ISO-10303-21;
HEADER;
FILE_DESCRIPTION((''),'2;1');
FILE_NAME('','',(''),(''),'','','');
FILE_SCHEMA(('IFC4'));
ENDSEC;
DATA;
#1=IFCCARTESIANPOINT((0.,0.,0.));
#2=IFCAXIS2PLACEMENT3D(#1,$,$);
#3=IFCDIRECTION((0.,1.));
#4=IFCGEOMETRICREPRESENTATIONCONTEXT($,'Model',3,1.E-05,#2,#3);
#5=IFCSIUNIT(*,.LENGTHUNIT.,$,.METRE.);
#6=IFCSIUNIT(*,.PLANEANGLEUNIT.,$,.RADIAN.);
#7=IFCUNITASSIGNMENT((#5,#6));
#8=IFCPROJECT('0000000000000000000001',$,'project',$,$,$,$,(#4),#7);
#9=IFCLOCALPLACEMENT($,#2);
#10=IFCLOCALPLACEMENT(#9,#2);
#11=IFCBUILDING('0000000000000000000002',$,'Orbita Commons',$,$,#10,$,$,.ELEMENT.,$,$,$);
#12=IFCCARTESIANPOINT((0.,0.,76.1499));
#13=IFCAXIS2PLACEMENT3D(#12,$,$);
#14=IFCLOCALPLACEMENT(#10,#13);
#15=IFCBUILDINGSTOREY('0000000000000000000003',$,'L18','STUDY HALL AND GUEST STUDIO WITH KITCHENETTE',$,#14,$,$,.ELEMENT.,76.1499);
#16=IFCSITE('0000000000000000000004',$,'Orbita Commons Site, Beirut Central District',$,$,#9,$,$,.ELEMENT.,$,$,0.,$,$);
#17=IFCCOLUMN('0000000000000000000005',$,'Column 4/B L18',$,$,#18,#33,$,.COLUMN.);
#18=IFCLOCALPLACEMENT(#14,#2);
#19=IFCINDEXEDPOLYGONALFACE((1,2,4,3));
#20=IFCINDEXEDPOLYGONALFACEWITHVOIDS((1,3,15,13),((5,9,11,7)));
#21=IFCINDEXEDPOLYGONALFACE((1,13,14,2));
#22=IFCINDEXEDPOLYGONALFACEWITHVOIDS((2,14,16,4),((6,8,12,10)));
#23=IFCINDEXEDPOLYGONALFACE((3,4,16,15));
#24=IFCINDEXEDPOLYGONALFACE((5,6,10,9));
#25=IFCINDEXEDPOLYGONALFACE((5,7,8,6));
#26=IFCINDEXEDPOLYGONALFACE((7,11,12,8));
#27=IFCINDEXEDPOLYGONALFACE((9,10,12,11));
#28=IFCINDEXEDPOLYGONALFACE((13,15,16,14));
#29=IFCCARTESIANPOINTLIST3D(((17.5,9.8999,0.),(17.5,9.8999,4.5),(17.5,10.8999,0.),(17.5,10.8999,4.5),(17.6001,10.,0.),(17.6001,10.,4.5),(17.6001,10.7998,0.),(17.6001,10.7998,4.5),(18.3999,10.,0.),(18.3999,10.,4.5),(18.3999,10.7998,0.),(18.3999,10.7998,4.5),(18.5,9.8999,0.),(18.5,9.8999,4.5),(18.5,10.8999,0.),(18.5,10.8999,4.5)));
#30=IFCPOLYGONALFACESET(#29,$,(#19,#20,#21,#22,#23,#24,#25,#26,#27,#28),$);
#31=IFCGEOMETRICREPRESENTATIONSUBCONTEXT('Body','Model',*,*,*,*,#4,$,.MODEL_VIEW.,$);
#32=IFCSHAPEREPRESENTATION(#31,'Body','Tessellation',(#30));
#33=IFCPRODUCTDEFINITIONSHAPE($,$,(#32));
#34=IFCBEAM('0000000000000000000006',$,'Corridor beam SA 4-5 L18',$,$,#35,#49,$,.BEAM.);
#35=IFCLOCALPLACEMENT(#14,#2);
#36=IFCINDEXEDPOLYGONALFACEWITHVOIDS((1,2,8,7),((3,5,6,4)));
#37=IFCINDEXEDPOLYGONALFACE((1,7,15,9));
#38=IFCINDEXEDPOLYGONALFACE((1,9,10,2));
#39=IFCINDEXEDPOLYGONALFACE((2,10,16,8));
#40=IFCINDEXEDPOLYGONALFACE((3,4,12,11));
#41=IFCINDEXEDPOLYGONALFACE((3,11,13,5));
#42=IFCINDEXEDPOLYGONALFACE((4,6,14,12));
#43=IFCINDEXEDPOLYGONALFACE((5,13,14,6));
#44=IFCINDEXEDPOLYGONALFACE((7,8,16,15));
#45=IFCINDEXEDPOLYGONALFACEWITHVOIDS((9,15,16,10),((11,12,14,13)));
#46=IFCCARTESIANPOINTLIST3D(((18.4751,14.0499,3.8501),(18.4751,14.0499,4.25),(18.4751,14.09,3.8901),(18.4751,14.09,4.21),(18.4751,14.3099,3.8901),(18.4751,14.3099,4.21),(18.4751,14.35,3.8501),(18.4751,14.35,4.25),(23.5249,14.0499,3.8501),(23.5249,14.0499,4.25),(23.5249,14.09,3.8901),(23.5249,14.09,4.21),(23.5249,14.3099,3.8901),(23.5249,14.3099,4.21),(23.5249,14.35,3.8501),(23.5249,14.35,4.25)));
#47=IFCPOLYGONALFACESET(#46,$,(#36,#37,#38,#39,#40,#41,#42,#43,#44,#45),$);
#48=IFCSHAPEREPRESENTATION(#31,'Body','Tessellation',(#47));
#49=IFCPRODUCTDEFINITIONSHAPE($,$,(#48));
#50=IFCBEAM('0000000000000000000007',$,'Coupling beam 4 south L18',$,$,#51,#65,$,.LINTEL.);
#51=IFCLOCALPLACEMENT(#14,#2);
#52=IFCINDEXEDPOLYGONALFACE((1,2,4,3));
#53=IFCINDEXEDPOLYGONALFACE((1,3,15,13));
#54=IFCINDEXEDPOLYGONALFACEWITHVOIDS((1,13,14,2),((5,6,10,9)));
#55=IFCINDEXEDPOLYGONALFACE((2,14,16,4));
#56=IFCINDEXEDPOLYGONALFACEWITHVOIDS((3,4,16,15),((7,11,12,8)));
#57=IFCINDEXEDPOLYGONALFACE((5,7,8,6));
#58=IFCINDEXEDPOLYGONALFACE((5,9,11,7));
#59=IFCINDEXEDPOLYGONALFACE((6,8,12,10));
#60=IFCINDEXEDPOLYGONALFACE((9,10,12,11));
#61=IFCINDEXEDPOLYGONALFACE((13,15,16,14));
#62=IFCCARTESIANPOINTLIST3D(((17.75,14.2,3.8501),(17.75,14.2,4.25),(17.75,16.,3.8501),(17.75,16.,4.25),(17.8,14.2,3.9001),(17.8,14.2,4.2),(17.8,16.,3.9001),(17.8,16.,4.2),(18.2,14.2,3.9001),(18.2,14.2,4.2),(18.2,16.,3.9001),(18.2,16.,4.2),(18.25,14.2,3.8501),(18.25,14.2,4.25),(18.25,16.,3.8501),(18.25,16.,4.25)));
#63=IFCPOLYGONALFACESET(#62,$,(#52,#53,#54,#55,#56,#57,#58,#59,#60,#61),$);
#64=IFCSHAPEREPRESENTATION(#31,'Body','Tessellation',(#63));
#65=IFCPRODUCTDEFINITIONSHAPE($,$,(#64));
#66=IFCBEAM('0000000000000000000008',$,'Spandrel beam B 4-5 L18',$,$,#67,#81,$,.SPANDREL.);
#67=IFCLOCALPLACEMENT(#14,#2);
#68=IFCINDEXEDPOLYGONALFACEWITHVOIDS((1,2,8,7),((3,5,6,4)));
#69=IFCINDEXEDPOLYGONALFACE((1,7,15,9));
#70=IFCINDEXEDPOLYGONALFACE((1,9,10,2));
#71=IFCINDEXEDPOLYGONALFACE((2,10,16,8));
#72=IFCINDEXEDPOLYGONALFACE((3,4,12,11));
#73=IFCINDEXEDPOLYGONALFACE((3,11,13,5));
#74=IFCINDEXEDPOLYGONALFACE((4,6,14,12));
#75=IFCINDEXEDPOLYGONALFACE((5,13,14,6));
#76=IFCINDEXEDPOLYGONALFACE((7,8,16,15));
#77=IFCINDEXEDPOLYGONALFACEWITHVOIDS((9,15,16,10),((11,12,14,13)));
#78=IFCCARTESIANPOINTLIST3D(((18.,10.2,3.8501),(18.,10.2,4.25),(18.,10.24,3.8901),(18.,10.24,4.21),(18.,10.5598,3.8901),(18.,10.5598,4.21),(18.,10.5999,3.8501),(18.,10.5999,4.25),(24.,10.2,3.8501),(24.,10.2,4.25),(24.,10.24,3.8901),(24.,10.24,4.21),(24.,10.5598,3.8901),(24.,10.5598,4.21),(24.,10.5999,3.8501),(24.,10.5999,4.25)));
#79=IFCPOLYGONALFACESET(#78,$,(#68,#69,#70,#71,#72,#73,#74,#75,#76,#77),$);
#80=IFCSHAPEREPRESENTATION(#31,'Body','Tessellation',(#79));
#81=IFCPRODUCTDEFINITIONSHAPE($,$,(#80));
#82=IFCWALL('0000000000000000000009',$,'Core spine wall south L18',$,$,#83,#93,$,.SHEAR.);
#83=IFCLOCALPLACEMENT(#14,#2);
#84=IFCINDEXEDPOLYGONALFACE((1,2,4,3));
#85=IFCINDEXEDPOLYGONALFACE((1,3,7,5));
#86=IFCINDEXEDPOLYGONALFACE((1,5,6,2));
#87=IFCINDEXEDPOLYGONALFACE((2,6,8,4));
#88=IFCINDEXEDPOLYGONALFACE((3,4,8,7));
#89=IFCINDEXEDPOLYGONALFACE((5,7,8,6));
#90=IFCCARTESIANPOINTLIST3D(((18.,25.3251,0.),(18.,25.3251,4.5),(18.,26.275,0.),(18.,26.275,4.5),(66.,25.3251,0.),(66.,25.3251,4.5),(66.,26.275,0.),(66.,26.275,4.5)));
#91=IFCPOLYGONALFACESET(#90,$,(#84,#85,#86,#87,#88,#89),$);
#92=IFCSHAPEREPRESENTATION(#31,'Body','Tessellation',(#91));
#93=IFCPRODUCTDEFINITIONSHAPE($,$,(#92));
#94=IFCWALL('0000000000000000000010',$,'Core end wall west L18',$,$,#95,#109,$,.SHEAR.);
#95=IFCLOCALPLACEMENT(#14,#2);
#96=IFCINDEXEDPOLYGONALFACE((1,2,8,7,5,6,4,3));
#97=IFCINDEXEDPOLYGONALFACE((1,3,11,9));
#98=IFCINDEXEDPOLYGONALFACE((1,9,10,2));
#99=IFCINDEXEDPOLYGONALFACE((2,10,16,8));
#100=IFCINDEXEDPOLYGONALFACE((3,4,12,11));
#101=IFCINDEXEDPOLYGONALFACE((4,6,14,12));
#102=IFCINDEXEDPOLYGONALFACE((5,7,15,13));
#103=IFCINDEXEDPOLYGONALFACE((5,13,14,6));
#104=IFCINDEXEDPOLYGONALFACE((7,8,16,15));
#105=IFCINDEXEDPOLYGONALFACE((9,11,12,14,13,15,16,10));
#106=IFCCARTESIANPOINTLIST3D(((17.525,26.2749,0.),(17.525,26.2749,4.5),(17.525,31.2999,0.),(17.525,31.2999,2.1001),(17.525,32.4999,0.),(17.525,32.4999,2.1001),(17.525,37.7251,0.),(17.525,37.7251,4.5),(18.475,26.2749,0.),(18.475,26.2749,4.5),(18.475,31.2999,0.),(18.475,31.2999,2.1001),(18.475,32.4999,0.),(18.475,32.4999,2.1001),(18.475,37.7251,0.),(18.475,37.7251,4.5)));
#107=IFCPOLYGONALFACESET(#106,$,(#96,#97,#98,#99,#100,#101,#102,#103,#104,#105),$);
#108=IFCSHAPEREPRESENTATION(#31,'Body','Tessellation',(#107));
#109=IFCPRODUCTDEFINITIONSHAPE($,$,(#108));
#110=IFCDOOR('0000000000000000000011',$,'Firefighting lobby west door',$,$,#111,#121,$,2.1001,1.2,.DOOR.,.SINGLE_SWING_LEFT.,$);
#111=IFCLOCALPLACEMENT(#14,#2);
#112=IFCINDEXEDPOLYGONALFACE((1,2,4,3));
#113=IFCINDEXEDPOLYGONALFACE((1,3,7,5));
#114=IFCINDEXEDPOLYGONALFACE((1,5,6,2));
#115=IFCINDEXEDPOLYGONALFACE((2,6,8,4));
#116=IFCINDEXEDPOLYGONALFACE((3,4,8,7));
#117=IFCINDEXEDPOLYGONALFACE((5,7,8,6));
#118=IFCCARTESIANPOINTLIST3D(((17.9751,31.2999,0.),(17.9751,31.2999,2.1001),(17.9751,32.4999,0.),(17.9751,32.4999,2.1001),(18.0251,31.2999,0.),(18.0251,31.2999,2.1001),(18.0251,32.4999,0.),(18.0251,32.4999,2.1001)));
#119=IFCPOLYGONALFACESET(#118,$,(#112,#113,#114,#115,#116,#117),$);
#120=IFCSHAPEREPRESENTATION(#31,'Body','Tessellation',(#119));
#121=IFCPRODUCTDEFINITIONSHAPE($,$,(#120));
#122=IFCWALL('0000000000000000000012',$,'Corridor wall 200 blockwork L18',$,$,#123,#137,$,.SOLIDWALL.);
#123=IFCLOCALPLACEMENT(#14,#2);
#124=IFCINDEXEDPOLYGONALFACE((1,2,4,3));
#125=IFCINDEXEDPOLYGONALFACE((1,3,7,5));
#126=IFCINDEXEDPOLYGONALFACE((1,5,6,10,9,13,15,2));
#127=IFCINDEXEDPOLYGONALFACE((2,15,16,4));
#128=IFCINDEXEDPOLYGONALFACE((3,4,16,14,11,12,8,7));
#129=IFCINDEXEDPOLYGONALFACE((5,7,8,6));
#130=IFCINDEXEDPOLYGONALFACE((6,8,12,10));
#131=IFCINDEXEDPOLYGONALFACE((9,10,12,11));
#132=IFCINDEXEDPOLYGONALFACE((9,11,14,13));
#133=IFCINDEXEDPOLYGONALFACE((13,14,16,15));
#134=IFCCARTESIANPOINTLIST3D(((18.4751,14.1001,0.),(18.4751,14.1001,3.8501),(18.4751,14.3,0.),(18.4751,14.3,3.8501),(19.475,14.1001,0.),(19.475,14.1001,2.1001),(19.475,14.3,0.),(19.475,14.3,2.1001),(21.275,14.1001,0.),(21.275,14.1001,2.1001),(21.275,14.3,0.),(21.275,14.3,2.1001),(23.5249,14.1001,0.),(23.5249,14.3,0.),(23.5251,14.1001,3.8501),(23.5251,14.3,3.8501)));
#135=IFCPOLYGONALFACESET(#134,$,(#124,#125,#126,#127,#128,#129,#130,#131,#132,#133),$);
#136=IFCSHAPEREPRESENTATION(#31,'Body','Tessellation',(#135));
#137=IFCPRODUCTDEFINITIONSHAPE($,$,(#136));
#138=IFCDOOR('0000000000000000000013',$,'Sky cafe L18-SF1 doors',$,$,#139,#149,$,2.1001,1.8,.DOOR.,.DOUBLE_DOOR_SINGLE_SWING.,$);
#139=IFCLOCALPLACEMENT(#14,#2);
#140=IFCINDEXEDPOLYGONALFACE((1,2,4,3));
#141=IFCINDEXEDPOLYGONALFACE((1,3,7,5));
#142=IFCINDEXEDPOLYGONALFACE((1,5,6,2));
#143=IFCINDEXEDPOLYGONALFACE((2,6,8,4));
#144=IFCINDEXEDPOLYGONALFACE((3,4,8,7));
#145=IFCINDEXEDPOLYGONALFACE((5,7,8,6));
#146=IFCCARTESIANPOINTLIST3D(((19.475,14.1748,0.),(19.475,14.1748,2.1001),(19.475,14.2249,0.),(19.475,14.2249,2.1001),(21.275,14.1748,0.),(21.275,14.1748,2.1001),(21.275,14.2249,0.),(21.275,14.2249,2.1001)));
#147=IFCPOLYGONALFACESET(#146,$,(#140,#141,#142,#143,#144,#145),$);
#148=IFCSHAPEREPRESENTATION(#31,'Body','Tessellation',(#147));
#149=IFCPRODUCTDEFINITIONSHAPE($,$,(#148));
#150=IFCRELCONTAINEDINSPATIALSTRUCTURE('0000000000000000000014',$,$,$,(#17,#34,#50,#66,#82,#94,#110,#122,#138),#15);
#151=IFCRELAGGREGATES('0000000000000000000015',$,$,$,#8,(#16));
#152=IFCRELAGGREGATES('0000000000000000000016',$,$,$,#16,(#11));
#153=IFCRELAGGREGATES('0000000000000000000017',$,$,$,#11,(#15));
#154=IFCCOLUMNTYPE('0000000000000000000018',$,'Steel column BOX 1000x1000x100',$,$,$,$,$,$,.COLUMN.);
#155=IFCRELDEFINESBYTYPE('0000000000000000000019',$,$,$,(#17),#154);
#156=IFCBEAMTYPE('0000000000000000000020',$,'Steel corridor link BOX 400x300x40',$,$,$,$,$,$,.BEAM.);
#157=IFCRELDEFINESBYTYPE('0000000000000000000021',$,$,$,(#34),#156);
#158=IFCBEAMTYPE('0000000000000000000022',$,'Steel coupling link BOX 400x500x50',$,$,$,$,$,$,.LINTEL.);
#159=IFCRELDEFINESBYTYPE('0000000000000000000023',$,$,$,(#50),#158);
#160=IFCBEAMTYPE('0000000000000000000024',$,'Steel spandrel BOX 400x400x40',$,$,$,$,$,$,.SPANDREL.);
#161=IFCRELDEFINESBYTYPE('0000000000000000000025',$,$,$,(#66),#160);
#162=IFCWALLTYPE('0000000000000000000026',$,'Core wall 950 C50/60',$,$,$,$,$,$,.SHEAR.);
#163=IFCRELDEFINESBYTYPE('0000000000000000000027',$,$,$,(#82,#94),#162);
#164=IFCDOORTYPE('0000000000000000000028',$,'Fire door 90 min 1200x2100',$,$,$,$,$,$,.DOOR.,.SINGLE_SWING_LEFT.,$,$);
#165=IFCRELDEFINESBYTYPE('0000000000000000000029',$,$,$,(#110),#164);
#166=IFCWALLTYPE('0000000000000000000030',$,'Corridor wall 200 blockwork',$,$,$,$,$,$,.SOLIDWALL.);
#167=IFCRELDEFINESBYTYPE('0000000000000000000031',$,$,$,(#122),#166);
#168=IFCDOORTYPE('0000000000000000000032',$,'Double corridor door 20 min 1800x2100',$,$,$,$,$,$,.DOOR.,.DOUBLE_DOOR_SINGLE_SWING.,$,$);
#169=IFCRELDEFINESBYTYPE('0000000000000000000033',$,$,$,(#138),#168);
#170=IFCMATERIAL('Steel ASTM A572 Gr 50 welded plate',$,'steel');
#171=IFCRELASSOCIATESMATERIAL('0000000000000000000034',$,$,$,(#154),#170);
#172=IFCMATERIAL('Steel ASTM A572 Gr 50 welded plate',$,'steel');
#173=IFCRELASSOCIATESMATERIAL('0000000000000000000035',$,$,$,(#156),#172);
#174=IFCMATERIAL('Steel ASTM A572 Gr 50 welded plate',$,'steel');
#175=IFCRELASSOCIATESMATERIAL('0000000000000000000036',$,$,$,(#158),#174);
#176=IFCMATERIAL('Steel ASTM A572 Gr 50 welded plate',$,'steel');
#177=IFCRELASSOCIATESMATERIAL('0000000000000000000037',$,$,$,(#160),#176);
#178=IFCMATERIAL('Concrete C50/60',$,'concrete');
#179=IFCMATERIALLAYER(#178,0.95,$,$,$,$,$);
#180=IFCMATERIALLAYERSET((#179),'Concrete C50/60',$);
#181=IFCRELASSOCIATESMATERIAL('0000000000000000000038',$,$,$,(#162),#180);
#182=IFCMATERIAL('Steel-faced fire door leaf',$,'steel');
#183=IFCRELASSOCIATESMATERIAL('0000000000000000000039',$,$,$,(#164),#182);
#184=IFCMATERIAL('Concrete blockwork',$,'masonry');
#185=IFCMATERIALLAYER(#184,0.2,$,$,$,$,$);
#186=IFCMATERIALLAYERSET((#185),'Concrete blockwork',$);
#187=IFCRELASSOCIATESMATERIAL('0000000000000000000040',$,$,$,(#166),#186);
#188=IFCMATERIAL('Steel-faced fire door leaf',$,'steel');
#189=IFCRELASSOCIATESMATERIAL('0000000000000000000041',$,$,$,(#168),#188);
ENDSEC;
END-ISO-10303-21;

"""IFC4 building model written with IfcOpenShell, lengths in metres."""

from ifc_helpers import new_model, si_unit, direction, frame, frame_2d, origin, origin_2d, place, context, subcontext, project, spatial, polyline, rectangle, hollow_rectangle, outline, extrude, material, layer, layer_set, material_profile, profile_set, type_object, element, fill, save


model = new_model("IFC4")

# Units and contexts
model_context = context("Model", 3, precision=1e-05, world=origin(), true_north=direction((0.0, 1.0)))
body_context = subcontext(model_context, "Body", "Model", "MODEL_VIEW")
ifc_project = project(units=[si_unit("LENGTHUNIT", "METRE"), si_unit("PLANEANGLEUNIT", "RADIAN")], contexts=[model_context])

# Site, building, storey
site_placement = place(None, origin())
site = spatial("IfcSite", under=ifc_project, at=site_placement, Name="Orbita Commons Site, Beirut Central District", CompositionType="ELEMENT", RefElevation=0.0)
building_placement = place(site_placement, origin())
building = spatial("IfcBuilding", under=site, at=building_placement, Name="Orbita Commons", CompositionType="ELEMENT")
storey_placement = place(building_placement, frame((0.0, 0.0, 76.1499)))
storey = spatial("IfcBuildingStorey", under=building, at=storey_placement, Name="L18", Description="STUDY HALL AND GUEST STUDIO WITH KITCHENETTE", CompositionType="ELEMENT", Elevation=76.1499)

# Column
ifc_material_1 = material(Name="Steel ASTM A572 Gr 50 welded plate", Category="steel")
ifc_material_profile_1 = material_profile(ifc_material_1, hollow_rectangle(XDim=1.0, YDim=1.0, WallThickness=0.1001, at=origin_2d()), Name="BOX 1000x1000x100")
ifc_profile_set_1 = profile_set([ifc_material_profile_1], Name="Steel ASTM A572 Gr 50 welded plate")
column_type = type_object("IfcColumnType", Name="Steel column BOX 1000x1000x100", PredefinedType="COLUMN", material=ifc_profile_set_1)
column_placement = place(storey_placement, frame((18.0, 10.3999, 0.0), z_axis=(0.0, 0.0, 1.0), x_axis=(1.0, 0.0, 0.0)))
element("IfcColumn", 1, at=column_placement, inside=storey, type_object=column_type, Name="Column 4/B L18", PredefinedType="COLUMN", context=body_context, shape_type="SweptSolid", body=[
    extrude(hollow_rectangle(XDim=1.0, YDim=1.0, WallThickness=0.1001, at=origin_2d()), origin(), (0.0, 0.0, 1.0), 4.5),
])

# Beams
ifc_material_2 = material(Name="Steel ASTM A572 Gr 50 welded plate", Category="steel")
ifc_material_profile_2 = material_profile(ifc_material_2, hollow_rectangle(XDim=0.3, YDim=0.3999, WallThickness=0.04, at=origin_2d()), Name="BOX 400x300x40")
ifc_profile_set_2 = profile_set([ifc_material_profile_2], Name="Steel ASTM A572 Gr 50 welded plate")
beam_type_1 = type_object("IfcBeamType", Name="Steel corridor link BOX 400x300x40", PredefinedType="BEAM", material=ifc_profile_set_2)
beam_1_placement = place(storey_placement, frame((18.4751, 14.2, 4.05), z_axis=(1.0, 0.0, 0.0), x_axis=(0.0, 1.0, 0.0)))
element("IfcBeam", 2, at=beam_1_placement, inside=storey, type_object=beam_type_1, Name="Corridor beam SA 4-5 L18", PredefinedType="BEAM", context=body_context, shape_type="SweptSolid", body=[
    extrude(hollow_rectangle(XDim=0.3, YDim=0.3999, WallThickness=0.04, at=origin_2d()), origin(), (0.0, 0.0, 1.0), 5.0498),
])
ifc_material_3 = material(Name="Steel ASTM A572 Gr 50 welded plate", Category="steel")
ifc_material_profile_3 = material_profile(ifc_material_3, hollow_rectangle(XDim=0.5, YDim=0.3999, WallThickness=0.05, at=origin_2d()), Name="BOX 400x500x50")
ifc_profile_set_3 = profile_set([ifc_material_profile_3], Name="Steel ASTM A572 Gr 50 welded plate")
beam_type_2 = type_object("IfcBeamType", Name="Steel coupling link BOX 400x500x50", PredefinedType="LINTEL", material=ifc_profile_set_3)
beam_2_placement = place(storey_placement, frame((18.0, 14.2, 4.05), z_axis=(0.0, 1.0, 0.0), x_axis=(-1.0, 0.0, 0.0)))
element("IfcBeam", 3, at=beam_2_placement, inside=storey, type_object=beam_type_2, Name="Coupling beam 4 south L18", PredefinedType="LINTEL", context=body_context, shape_type="SweptSolid", body=[
    extrude(hollow_rectangle(XDim=0.5, YDim=0.3999, WallThickness=0.05, at=origin_2d()), origin(), (0.0, 0.0, 1.0), 1.8),
])
ifc_material_4 = material(Name="Steel ASTM A572 Gr 50 welded plate", Category="steel")
ifc_material_profile_4 = material_profile(ifc_material_4, hollow_rectangle(XDim=0.3999, YDim=0.3999, WallThickness=0.04, at=origin_2d()), Name="BOX 400x400x40")
ifc_profile_set_4 = profile_set([ifc_material_profile_4], Name="Steel ASTM A572 Gr 50 welded plate")
beam_type_3 = type_object("IfcBeamType", Name="Steel spandrel BOX 400x400x40", PredefinedType="SPANDREL", material=ifc_profile_set_4)
beam_3_placement = place(storey_placement, frame((18.0, 10.3999, 4.05), z_axis=(1.0, 0.0, 0.0), x_axis=(0.0, 1.0, 0.0)))
element("IfcBeam", 4, at=beam_3_placement, inside=storey, type_object=beam_type_3, Name="Spandrel beam B 4-5 L18", PredefinedType="SPANDREL", context=body_context, shape_type="SweptSolid", body=[
    extrude(hollow_rectangle(XDim=0.3999, YDim=0.3999, WallThickness=0.04, at=origin_2d()), origin(), (0.0, 0.0, 1.0), 6.0),
])

# Wall
ifc_material_5 = material(Name="Concrete C50/60", Category="concrete")
ifc_layer_1 = layer(ifc_material_5, 0.95)
ifc_layer_set_1 = layer_set([ifc_layer_1], Name="Concrete C50/60")
wall_type_1 = type_object("IfcWallType", Name="Core wall 950 C50/60", PredefinedType="SHEAR", material=ifc_layer_set_1)
wall_1_placement = place(storey_placement, frame((18.0, 25.8, 0.0), z_axis=(0.0, 0.0, 1.0), x_axis=(1.0, 0.0, 0.0)))
element("IfcWall", 5, at=wall_1_placement, inside=storey, type_object=wall_type_1, Name="Core spine wall south L18", PredefinedType="SHEAR", context=body_context, shape_type="SweptSolid", body=[
    extrude(rectangle(XDim=48.0, YDim=0.95, at=frame_2d((24.0, 0.0))), origin(), (0.0, 0.0, 1.0), 4.5),
])

# Walls, openings, doors
wall_2_placement = place(storey_placement, frame((18.0, 26.2749, 0.0), z_axis=(0.0, 0.0, 1.0), x_axis=(0.0, 1.0, 0.0)))
wall_2 = element("IfcWall", 6, at=wall_2_placement, inside=storey, type_object=wall_type_1, Name="Core end wall west L18", PredefinedType="SHEAR", context=body_context, shape_type="SweptSolid", body=[
    extrude(rectangle(XDim=11.4502, YDim=0.95, at=frame_2d((5.7251, 0.0))), origin(), (0.0, 0.0, 1.0), 4.5),
])
opening_1_placement = place(wall_2_placement, frame((5.0249, 0.0, 0.0)))
opening_1 = element("IfcOpeningElement", 7, at=opening_1_placement, cuts=wall_2, PredefinedType="OPENING", context=body_context, shape_type="SweptSolid", body=[
    extrude(rectangle(XDim=1.2, YDim=2.1001, at=frame_2d((0.6001, 1.05))), frame((0.0, 0.4849, 0.0), z_axis=(0.0, -1.0, 0.0), x_axis=(1.0, 0.0, 0.0)), (0.0, 0.0, 1.0), 0.97),
])
ifc_material_6 = material(Name="Steel-faced fire door leaf", Category="steel")
door_type_1 = type_object("IfcDoorType", Name="Fire door 90 min 1200x2100", OperationType="SINGLE_SWING_LEFT", PredefinedType="DOOR", material=ifc_material_6)
door_1_placement = place(opening_1_placement, origin())
door_1 = element("IfcDoor", 8, at=door_1_placement, inside=storey, type_object=door_type_1, Name="Firefighting lobby west door", OperationType="SINGLE_SWING_LEFT", OverallHeight=2.1001, OverallWidth=1.2, PredefinedType="DOOR", context=body_context, shape_type="SweptSolid", body=[
    extrude(rectangle(XDim=1.2, YDim=2.1001, at=frame_2d((0.6001, 1.05))), frame((0.0, 0.0249, 0.0), z_axis=(0.0, -1.0, 0.0), x_axis=(1.0, 0.0, 0.0)), (0.0, 0.0, 1.0), 0.05),
])
fill(opening_1, door_1)
ifc_material_7 = material(Name="Concrete blockwork", Category="masonry")
ifc_layer_2 = layer(ifc_material_7, 0.2)
ifc_layer_set_2 = layer_set([ifc_layer_2], Name="Concrete blockwork")
wall_type_2 = type_object("IfcWallType", Name="Corridor wall 200 blockwork", PredefinedType="SOLIDWALL", material=ifc_layer_set_2)
wall_3_placement = place(storey_placement, frame((18.4751, 14.2, 0.0), z_axis=(0.0, 0.0, 1.0), x_axis=(1.0, 0.0, 0.0)))
wall_3 = element("IfcWall", 9, at=wall_3_placement, inside=storey, type_object=wall_type_2, Name="Corridor wall 200 blockwork L18", PredefinedType="SOLIDWALL", context=body_context, shape_type="SweptSolid", body=[
    extrude(outline(polyline([(0.0, 0.0), (5.0498, 0.0), (5.05, 3.8501), (0.0, 3.8501), (0.0, 0.0)])), frame((0.0, 0.1001, 0.0), z_axis=(0.0, -1.0, 0.0), x_axis=(1.0, 0.0, 0.0)), (0.0, 0.0, 1.0), 0.2),
])
opening_2_placement = place(wall_3_placement, frame((1.0, 0.0, 0.0)))
opening_2 = element("IfcOpeningElement", 10, at=opening_2_placement, cuts=wall_3, PredefinedType="OPENING", context=body_context, shape_type="SweptSolid", body=[
    extrude(rectangle(XDim=1.8, YDim=2.1001, at=frame_2d((0.8999, 1.05))), frame((0.0, 0.1099, 0.0), z_axis=(0.0, -1.0, 0.0), x_axis=(1.0, 0.0, 0.0)), (0.0, 0.0, 1.0), 0.22),
])
ifc_material_8 = material(Name="Steel-faced fire door leaf", Category="steel")
door_type_2 = type_object("IfcDoorType", Name="Double corridor door 20 min 1800x2100", OperationType="DOUBLE_DOOR_SINGLE_SWING", PredefinedType="DOOR", material=ifc_material_8)
door_2_placement = place(opening_2_placement, origin())
door_2 = element("IfcDoor", 11, at=door_2_placement, inside=storey, type_object=door_type_2, Name="Sky cafe L18-SF1 doors", OperationType="DOUBLE_DOOR_SINGLE_SWING", OverallHeight=2.1001, OverallWidth=1.8, PredefinedType="DOOR", context=body_context, shape_type="SweptSolid", body=[
    extrude(rectangle(XDim=1.8, YDim=2.1001, at=frame_2d((0.8999, 1.05))), frame((0.0, 0.0249, 0.0), z_axis=(0.0, -1.0, 0.0), x_axis=(1.0, 0.0, 0.0)), (0.0, 0.0, 1.0), 0.05),
])
fill(opening_2, door_2)

save(model, "model.ifc")
